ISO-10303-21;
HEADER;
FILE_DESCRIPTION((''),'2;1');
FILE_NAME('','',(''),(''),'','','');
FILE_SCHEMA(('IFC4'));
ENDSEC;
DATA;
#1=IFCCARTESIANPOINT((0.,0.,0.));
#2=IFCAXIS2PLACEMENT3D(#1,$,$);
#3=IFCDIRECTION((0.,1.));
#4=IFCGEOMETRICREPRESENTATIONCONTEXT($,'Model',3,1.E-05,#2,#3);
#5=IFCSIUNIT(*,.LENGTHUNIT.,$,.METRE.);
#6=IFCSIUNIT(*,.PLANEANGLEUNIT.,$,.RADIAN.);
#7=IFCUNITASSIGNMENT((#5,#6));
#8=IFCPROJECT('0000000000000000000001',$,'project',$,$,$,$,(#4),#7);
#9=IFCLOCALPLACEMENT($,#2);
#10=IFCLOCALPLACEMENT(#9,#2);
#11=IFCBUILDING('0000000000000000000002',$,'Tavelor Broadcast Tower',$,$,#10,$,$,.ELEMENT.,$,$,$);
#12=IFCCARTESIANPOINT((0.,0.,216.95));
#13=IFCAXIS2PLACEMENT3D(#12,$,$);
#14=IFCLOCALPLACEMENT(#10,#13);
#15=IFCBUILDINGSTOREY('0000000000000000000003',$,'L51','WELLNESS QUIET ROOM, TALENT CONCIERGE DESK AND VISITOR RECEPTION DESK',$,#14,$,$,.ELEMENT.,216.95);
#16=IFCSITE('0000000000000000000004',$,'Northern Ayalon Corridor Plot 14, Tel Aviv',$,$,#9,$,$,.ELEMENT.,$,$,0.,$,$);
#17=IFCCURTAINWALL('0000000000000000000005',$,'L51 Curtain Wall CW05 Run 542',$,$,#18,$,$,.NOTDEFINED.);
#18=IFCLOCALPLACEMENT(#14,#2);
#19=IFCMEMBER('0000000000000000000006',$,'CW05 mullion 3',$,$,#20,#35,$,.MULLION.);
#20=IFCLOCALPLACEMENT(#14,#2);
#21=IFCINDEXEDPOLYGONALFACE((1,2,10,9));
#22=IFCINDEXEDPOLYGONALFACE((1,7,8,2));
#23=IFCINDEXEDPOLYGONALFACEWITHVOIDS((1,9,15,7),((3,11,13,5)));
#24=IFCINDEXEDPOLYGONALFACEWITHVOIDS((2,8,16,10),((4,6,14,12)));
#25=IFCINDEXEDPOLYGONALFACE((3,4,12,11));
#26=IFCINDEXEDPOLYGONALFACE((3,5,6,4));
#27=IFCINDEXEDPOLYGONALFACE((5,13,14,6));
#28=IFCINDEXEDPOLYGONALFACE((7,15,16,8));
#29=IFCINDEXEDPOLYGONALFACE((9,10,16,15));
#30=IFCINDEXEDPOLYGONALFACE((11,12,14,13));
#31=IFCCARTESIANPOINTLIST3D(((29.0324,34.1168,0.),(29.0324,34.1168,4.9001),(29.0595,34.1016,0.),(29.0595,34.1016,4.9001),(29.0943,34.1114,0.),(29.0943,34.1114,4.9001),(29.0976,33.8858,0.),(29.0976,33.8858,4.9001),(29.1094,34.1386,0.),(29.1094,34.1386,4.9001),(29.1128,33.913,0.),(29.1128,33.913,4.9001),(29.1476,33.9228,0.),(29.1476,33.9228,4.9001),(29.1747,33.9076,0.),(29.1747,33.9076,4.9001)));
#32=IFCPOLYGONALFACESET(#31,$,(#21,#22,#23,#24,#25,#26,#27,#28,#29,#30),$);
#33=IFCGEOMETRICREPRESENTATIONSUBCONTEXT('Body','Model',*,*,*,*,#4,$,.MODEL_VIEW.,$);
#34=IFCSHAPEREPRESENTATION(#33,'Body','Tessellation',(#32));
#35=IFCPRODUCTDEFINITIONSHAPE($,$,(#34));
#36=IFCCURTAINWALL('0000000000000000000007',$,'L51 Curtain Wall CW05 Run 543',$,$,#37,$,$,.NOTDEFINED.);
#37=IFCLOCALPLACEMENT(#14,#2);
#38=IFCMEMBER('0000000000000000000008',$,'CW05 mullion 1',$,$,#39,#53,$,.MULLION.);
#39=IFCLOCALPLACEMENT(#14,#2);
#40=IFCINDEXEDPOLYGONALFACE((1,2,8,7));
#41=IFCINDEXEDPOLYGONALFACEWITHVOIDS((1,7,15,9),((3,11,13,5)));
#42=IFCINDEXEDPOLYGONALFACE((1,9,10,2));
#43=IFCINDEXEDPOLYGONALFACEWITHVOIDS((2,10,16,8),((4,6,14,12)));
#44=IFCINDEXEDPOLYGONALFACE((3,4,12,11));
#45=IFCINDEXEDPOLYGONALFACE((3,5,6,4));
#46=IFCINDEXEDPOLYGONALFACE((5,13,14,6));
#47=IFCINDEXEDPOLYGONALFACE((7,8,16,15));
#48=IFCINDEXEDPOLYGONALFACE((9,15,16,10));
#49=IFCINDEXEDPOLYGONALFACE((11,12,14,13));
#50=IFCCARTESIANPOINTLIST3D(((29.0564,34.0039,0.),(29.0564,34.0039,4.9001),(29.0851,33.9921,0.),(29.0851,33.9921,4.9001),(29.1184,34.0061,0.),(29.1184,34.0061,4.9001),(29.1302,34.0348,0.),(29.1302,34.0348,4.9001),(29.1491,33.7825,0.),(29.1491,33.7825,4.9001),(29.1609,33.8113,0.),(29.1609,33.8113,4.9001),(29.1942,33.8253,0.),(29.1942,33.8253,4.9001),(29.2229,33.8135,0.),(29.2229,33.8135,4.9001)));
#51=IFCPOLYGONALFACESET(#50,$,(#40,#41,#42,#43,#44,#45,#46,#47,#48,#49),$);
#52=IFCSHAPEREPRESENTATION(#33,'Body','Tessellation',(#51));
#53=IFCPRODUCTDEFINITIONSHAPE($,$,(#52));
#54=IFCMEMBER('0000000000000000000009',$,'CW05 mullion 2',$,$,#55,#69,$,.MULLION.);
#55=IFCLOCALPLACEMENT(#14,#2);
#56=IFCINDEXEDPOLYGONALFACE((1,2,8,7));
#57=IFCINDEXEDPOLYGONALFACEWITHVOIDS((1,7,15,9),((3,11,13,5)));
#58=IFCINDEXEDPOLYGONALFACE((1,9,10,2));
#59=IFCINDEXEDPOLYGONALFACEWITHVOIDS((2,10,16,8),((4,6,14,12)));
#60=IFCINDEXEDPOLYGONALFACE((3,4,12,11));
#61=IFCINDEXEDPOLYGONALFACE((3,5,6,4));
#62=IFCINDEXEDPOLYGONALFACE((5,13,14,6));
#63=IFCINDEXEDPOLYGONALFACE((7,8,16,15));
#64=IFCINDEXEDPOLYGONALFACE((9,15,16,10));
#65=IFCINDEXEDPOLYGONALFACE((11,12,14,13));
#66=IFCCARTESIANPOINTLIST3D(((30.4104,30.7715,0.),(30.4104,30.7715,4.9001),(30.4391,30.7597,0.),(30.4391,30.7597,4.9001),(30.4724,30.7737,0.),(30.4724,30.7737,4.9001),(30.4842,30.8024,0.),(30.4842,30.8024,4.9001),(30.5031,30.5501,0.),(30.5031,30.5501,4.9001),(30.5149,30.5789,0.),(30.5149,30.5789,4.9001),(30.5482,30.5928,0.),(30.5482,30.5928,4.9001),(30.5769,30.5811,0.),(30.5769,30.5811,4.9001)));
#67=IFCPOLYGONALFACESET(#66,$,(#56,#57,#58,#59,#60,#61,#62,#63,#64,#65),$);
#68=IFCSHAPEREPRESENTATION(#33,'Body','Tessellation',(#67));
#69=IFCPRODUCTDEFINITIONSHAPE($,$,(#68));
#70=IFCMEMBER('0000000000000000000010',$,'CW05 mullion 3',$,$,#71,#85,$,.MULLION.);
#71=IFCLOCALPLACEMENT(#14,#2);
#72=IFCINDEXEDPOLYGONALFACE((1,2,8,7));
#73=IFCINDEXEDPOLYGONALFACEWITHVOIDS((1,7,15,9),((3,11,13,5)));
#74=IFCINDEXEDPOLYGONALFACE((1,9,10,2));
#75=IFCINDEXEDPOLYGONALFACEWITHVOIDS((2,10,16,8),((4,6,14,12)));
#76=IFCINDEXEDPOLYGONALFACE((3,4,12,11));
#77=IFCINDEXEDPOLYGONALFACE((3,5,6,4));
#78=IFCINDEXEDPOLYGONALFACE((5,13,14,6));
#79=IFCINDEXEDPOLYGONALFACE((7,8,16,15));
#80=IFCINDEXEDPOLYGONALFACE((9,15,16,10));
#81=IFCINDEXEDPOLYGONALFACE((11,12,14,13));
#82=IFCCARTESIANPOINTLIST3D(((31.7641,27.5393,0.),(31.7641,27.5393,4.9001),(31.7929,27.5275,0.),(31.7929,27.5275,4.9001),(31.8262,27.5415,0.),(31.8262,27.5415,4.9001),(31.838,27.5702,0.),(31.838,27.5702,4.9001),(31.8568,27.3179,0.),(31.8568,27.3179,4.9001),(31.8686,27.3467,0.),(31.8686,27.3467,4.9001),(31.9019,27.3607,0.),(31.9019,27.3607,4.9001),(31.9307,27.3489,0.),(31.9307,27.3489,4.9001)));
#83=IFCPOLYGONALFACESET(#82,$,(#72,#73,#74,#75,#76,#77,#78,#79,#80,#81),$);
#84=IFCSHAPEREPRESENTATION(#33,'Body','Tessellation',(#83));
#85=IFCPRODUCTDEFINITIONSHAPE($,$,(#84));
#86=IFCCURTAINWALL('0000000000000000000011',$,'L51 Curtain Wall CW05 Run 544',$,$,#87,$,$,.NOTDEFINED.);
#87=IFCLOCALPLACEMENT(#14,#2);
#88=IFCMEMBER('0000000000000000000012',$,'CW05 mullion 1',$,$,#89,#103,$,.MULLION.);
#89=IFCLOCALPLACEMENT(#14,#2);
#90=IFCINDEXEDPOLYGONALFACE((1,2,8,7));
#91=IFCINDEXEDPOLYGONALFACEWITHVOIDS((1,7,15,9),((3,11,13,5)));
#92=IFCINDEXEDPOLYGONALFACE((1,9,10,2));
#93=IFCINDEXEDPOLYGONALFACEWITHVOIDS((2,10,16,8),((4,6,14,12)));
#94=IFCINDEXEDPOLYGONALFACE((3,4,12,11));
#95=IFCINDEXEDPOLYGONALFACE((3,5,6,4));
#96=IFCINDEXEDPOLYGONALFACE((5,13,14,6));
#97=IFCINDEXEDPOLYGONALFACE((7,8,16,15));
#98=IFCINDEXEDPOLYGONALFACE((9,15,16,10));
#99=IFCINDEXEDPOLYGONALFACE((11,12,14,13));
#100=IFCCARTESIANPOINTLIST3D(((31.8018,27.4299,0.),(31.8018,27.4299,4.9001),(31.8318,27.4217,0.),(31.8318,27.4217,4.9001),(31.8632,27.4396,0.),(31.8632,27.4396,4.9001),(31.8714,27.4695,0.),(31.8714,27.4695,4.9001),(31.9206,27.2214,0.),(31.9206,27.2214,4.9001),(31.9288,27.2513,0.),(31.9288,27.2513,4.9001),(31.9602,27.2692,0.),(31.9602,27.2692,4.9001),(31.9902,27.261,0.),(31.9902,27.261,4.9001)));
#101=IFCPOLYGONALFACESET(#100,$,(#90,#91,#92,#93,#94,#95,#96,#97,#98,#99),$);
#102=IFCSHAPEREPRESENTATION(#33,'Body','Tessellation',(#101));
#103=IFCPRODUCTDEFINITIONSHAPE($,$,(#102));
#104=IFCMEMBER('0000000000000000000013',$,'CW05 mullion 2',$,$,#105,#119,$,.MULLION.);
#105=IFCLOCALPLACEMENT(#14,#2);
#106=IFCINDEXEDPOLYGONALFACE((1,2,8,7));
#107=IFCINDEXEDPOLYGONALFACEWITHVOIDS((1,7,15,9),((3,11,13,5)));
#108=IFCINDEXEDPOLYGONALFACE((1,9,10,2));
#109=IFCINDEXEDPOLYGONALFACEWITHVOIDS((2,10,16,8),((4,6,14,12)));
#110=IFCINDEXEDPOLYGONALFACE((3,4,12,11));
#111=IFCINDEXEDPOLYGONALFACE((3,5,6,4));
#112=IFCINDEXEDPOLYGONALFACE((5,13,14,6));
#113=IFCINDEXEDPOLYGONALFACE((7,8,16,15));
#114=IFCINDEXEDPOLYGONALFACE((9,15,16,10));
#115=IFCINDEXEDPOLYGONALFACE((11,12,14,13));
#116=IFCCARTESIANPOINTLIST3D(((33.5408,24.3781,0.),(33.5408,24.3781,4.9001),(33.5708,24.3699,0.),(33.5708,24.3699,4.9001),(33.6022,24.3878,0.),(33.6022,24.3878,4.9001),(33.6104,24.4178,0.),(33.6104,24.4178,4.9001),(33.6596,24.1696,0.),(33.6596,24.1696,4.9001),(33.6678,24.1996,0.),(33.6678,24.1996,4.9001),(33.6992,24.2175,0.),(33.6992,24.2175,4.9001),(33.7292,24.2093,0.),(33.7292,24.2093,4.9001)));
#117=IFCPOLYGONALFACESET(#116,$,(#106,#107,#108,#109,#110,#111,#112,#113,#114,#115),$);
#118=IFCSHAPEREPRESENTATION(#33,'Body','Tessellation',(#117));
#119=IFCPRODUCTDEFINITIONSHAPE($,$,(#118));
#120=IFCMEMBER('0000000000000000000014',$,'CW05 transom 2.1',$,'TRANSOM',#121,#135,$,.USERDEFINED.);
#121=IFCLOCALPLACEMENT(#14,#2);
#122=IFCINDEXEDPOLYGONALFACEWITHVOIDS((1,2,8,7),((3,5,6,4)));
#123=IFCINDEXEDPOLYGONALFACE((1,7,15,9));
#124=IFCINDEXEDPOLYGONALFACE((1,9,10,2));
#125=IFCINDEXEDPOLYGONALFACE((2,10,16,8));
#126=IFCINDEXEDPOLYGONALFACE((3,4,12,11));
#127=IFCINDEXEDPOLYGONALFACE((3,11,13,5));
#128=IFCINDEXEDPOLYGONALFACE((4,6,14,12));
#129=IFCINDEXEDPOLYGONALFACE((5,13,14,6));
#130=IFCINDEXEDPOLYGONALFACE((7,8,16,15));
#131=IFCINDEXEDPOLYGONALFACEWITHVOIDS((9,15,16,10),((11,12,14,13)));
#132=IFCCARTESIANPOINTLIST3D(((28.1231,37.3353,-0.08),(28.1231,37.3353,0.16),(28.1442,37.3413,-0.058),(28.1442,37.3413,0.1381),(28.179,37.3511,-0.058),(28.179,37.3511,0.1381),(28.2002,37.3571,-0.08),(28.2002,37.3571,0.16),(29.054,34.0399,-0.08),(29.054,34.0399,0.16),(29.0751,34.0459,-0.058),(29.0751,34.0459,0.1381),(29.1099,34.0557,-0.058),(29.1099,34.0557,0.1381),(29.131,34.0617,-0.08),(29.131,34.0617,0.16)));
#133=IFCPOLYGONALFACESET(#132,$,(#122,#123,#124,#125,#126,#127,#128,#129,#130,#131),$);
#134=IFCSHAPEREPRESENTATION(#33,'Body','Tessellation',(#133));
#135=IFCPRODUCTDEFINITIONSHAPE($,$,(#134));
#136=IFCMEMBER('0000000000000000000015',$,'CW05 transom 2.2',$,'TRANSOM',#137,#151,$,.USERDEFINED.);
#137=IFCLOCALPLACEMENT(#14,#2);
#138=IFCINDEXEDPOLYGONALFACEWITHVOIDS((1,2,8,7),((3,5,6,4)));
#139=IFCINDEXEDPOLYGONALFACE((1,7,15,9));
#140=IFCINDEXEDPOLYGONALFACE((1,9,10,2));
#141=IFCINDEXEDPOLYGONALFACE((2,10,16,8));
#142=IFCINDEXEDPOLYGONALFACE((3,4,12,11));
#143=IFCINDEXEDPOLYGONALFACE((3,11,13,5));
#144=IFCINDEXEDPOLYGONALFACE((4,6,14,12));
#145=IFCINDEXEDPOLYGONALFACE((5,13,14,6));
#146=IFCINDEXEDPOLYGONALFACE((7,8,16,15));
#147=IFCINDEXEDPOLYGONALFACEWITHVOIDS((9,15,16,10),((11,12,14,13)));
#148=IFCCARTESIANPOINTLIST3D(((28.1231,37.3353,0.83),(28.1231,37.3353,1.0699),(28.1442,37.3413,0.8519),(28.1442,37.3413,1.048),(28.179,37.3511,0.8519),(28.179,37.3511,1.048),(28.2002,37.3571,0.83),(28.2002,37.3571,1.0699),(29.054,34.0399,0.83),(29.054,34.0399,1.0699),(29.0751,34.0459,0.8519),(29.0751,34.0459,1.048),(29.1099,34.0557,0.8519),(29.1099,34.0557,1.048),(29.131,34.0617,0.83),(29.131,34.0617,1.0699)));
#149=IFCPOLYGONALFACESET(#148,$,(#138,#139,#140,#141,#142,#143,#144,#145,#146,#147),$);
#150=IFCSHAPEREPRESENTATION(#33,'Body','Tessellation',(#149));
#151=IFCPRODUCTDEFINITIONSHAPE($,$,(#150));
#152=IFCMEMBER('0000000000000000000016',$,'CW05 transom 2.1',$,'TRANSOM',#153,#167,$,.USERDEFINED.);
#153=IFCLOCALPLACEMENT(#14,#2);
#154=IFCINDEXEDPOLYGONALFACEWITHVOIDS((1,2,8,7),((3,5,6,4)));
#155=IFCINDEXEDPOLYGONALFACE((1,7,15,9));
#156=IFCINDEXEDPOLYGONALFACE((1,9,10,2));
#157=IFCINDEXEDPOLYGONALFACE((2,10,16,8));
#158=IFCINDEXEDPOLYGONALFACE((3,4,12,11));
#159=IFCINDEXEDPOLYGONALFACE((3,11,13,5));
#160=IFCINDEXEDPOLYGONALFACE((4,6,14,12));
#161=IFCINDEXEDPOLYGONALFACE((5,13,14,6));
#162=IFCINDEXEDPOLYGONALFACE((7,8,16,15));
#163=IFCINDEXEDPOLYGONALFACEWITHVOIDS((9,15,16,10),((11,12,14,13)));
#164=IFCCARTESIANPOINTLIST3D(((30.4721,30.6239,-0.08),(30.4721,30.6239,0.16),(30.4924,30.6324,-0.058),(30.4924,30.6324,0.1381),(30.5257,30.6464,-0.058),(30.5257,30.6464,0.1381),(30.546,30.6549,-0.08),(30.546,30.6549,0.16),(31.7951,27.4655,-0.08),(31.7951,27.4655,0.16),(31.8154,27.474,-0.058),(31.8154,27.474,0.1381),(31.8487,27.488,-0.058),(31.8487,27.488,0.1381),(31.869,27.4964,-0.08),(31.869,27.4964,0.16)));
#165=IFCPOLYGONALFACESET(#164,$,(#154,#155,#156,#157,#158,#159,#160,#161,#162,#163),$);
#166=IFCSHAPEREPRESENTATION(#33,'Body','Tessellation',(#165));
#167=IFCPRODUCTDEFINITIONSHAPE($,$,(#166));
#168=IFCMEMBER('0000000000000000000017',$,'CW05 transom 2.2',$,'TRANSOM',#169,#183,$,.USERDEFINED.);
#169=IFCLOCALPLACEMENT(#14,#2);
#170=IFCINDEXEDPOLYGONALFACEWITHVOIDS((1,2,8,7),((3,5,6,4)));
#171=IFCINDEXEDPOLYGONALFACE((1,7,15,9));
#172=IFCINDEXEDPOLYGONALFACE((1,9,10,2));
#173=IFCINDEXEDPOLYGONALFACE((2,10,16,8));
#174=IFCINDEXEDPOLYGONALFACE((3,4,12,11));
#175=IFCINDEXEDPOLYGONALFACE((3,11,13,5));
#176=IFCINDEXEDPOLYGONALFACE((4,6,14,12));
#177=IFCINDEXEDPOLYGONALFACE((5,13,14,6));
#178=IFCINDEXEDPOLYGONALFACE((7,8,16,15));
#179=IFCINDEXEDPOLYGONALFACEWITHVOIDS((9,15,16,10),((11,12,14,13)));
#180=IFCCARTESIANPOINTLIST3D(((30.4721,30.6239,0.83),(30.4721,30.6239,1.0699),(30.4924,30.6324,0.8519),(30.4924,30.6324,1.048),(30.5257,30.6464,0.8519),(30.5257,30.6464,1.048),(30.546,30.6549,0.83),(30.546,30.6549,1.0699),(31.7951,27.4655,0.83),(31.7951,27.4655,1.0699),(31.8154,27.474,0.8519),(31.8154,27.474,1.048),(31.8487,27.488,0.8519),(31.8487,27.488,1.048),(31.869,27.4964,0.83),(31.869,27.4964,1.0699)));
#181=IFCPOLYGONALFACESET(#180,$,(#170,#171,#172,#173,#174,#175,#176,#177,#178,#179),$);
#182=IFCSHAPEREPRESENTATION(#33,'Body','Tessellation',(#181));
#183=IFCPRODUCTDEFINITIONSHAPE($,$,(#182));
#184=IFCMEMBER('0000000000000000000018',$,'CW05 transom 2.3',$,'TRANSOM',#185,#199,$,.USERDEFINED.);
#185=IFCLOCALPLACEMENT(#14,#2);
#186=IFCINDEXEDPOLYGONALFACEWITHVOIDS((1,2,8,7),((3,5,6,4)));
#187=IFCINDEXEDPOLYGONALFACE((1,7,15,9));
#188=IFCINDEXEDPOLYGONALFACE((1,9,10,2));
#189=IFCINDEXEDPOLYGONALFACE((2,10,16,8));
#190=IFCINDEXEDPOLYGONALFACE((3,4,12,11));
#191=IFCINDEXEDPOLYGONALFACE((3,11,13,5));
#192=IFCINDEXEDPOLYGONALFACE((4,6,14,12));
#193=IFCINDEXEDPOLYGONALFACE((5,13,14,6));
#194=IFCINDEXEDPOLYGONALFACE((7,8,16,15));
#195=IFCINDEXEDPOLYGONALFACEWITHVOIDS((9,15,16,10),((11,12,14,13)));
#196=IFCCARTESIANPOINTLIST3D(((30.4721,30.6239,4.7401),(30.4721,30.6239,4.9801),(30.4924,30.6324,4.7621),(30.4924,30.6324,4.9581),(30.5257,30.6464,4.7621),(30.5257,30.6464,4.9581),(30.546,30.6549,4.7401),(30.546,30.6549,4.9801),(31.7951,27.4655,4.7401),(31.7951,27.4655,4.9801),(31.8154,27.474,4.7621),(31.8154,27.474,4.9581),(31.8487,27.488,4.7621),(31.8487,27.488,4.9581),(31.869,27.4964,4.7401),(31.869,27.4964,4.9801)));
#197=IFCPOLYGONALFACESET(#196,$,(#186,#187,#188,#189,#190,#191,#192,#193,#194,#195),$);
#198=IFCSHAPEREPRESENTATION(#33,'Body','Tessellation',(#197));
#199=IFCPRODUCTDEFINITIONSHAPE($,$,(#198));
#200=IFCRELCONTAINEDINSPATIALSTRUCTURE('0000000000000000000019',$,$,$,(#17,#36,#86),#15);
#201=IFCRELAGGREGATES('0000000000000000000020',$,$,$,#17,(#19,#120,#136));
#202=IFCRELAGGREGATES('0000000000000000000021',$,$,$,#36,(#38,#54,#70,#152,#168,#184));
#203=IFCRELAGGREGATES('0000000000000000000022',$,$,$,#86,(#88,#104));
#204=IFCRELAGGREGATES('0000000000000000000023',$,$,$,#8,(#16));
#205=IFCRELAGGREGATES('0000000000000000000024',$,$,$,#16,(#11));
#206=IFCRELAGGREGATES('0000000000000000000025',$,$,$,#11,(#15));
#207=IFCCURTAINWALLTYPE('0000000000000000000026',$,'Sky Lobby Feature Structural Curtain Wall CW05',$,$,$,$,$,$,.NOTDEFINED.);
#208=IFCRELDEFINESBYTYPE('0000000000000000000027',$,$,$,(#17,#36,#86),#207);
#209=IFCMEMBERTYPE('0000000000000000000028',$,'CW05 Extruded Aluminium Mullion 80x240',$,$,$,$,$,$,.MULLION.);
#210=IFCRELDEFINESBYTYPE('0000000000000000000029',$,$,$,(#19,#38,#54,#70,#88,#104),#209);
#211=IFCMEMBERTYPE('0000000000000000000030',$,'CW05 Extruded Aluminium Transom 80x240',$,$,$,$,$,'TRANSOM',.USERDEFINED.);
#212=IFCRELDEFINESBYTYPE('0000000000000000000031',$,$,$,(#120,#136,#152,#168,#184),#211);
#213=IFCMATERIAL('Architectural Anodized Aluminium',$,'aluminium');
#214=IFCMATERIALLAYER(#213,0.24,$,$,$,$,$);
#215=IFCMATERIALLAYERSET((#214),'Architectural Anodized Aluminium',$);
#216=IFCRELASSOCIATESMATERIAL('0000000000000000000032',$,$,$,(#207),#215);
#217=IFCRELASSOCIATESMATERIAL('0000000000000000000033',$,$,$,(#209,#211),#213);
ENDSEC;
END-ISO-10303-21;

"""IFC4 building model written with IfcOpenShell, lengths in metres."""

from ifc_helpers import new_model, si_unit, direction, frame, origin, origin_2d, place, context, subcontext, project, spatial, hollow_rectangle, extrude, source, transform, mapped, material, layer, layer_set, material_profile, profile_set, type_object, type_shapes, element, aggregate, save


model = new_model("IFC4")

# Units and contexts
model_context = context("Model", 3, precision=1e-05, world=origin(), true_north=direction((0.0, 1.0)))
body_context = subcontext(model_context, "Body", "Model", "MODEL_VIEW")
ifc_project = project(units=[si_unit("LENGTHUNIT", "METRE"), si_unit("PLANEANGLEUNIT", "RADIAN")], contexts=[model_context])

# Site, building, storey
site_placement = place(None, origin())
site = spatial("IfcSite", under=ifc_project, at=site_placement, Name="Northern Ayalon Corridor Plot 14, Tel Aviv", CompositionType="ELEMENT", RefElevation=0.0)
building_placement = place(site_placement, origin())
building = spatial("IfcBuilding", under=site, at=building_placement, Name="Tavelor Broadcast Tower", CompositionType="ELEMENT")
storey_placement = place(building_placement, frame((0.0, 0.0, 216.95)))
storey = spatial("IfcBuildingStorey", under=building, at=storey_placement, Name="L51", Description="WELLNESS QUIET ROOM, TALENT CONCIERGE DESK AND VISITOR RECEPTION DESK", CompositionType="ELEMENT", Elevation=216.95)

# Curtain wall, member
ifc_material_1 = material(Name="Architectural Anodized Aluminium", Category="aluminium")
ifc_layer_1 = layer(ifc_material_1, 0.24)
ifc_layer_set_1 = layer_set([ifc_layer_1], Name="Architectural Anodized Aluminium")
curtain_wall_type = type_object("IfcCurtainWallType", Name="Sky Lobby Feature Structural Curtain Wall CW05", PredefinedType="NOTDEFINED", material=ifc_layer_set_1)
curtain_wall_1_placement = place(storey_placement, origin())
curtain_wall_1 = element("IfcCurtainWall", 1, at=curtain_wall_1_placement, inside=storey, type_object=curtain_wall_type, Name="L51 Curtain Wall CW05 Run 542", PredefinedType="NOTDEFINED")
ifc_material_profile_1 = material_profile(ifc_material_1, hollow_rectangle(XDim=0.0801, YDim=0.24, WallThickness=0.022, at=origin_2d()), Name="RHS 80x240x22")
ifc_profile_set_1 = profile_set([ifc_material_profile_1], Name="Architectural Anodized Aluminium")
member_type_1 = type_object("IfcMemberType", Name="CW05 Extruded Aluminium Mullion 80x240", PredefinedType="MULLION", material=ifc_profile_set_1)
shared_shape_1 = source(origin(), body_context, "Body", "SweptSolid", [
    extrude(hollow_rectangle(XDim=0.0801, YDim=0.24, WallThickness=0.022, at=origin_2d()), origin(), (0.0, 0.0, 1.0), 4.9001),
])
type_shapes(member_type_1, [shared_shape_1])
member_1_placement = place(storey_placement, frame((29.1035, 34.0122, 0.0), z_axis=(0.0, 0.0, 1.0), x_axis=(0.962335, 0.271866, 0.0)))
member_1 = element("IfcMember", 2, at=member_1_placement, type_object=member_type_1, Name="CW05 mullion 3", PredefinedType="MULLION", context=body_context, shape_type="MappedRepresentation", body=[
    mapped(shared_shape_1, transform((0.0, 0.0, 0.0), scale=1.0)),
])

# Curtain walls, members
curtain_wall_2_placement = place(storey_placement, origin())
curtain_wall_2 = element("IfcCurtainWall", 3, at=curtain_wall_2_placement, inside=storey, type_object=curtain_wall_type, Name="L51 Curtain Wall CW05 Run 543", PredefinedType="NOTDEFINED")
member_2_placement = place(storey_placement, frame((29.1396, 33.9087, 0.0), z_axis=(0.0, 0.0, 1.0), x_axis=(0.922361, 0.38633, 0.0)))
member_2 = element("IfcMember", 4, at=member_2_placement, type_object=member_type_1, Name="CW05 mullion 1", PredefinedType="MULLION", context=body_context, shape_type="MappedRepresentation", body=[
    mapped(shared_shape_1, transform((0.0, 0.0, 0.0), scale=1.0)),
])
member_3_placement = place(storey_placement, frame((30.4937, 30.6763, 0.0), z_axis=(0.0, 0.0, 1.0), x_axis=(0.922361, 0.38633, 0.0)))
member_3 = element("IfcMember", 5, at=member_3_placement, type_object=member_type_1, Name="CW05 mullion 2", PredefinedType="MULLION", context=body_context, shape_type="MappedRepresentation", body=[
    mapped(shared_shape_1, transform((0.0, 0.0, 0.0), scale=1.0)),
])
member_4_placement = place(storey_placement, frame((31.8474, 27.4441, 0.0), z_axis=(0.0, 0.0, 1.0), x_axis=(0.922361, 0.38633, 0.0)))
member_4 = element("IfcMember", 6, at=member_4_placement, type_object=member_type_1, Name="CW05 mullion 3", PredefinedType="MULLION", context=body_context, shape_type="MappedRepresentation", body=[
    mapped(shared_shape_1, transform((0.0, 0.0, 0.0), scale=1.0)),
])
curtain_wall_3_placement = place(storey_placement, origin())
curtain_wall_3 = element("IfcCurtainWall", 7, at=curtain_wall_3_placement, inside=storey, type_object=curtain_wall_type, Name="L51 Curtain Wall CW05 Run 544", PredefinedType="NOTDEFINED")
member_5_placement = place(storey_placement, frame((31.896, 27.3455, 0.0), z_axis=(0.0, 0.0, 1.0), x_axis=(0.868835, 0.495102, 0.0)))
member_5 = element("IfcMember", 8, at=member_5_placement, type_object=member_type_1, Name="CW05 mullion 1", PredefinedType="MULLION", context=body_context, shape_type="MappedRepresentation", body=[
    mapped(shared_shape_1, transform((0.0, 0.0, 0.0), scale=1.0)),
])
member_6_placement = place(storey_placement, frame((33.635, 24.2937, 0.0), z_axis=(0.0, 0.0, 1.0), x_axis=(0.868835, 0.495102, 0.0)))
member_6 = element("IfcMember", 9, at=member_6_placement, type_object=member_type_1, Name="CW05 mullion 2", PredefinedType="MULLION", context=body_context, shape_type="MappedRepresentation", body=[
    mapped(shared_shape_1, transform((0.0, 0.0, 0.0), scale=1.0)),
])

# Members
ifc_material_profile_2 = material_profile(ifc_material_1, hollow_rectangle(XDim=0.0801, YDim=0.24, WallThickness=0.022, at=origin_2d()), Name="RHS 80x240x22")
ifc_profile_set_2 = profile_set([ifc_material_profile_2], Name="Architectural Anodized Aluminium")
member_type_2 = type_object("IfcMemberType", Name="CW05 Extruded Aluminium Transom 80x240", ElementType="TRANSOM", PredefinedType="USERDEFINED", material=ifc_profile_set_2)
shared_shape_2 = source(origin(), body_context, "Body", "SweptSolid", [
    extrude(hollow_rectangle(XDim=0.0801, YDim=0.24, WallThickness=0.022, at=origin_2d()), origin(), (0.0, 0.0, 1.0), 3.4243),
])
member_7_placement = place(storey_placement, frame((28.1616, 37.3462, 0.04), z_axis=(0.271848, -0.96234, 0.0), x_axis=(0.96234, 0.271848, 0.0)))
member_7 = element("IfcMember", 10, at=member_7_placement, type_object=member_type_2, Name="CW05 transom 2.1", ObjectType="TRANSOM", PredefinedType="USERDEFINED", context=body_context, shape_type="MappedRepresentation", body=[
    mapped(shared_shape_2, transform((0.0, 0.0, 0.0), scale=1.0)),
])
member_8_placement = place(storey_placement, frame((28.1616, 37.3462, 0.95), z_axis=(0.271848, -0.96234, 0.0), x_axis=(0.96234, 0.271848, 0.0)))
member_8 = element("IfcMember", 11, at=member_8_placement, type_object=member_type_2, Name="CW05 transom 2.2", ObjectType="TRANSOM", PredefinedType="USERDEFINED", context=body_context, shape_type="MappedRepresentation", body=[
    mapped(shared_shape_2, transform((0.0, 0.0, 0.0), scale=1.0)),
])
member_9_placement = place(storey_placement, frame((30.509, 30.6394, 0.04), z_axis=(0.386351, -0.922352, 0.0), x_axis=(0.922352, 0.386351, 0.0)))
member_9 = element("IfcMember", 12, at=member_9_placement, type_object=member_type_2, Name="CW05 transom 2.1", ObjectType="TRANSOM", PredefinedType="USERDEFINED", context=body_context, shape_type="MappedRepresentation", body=[
    mapped(shared_shape_2, transform((0.0, 0.0, 0.0), scale=1.0)),
])
member_10_placement = place(storey_placement, frame((30.509, 30.6394, 0.95), z_axis=(0.386351, -0.922352, 0.0), x_axis=(0.922352, 0.386351, 0.0)))
member_10 = element("IfcMember", 13, at=member_10_placement, type_object=member_type_2, Name="CW05 transom 2.2", ObjectType="TRANSOM", PredefinedType="USERDEFINED", context=body_context, shape_type="MappedRepresentation", body=[
    mapped(shared_shape_2, transform((0.0, 0.0, 0.0), scale=1.0)),
])
member_11_placement = place(storey_placement, frame((30.509, 30.6394, 4.8601), z_axis=(0.386351, -0.922352, 0.0), x_axis=(0.922352, 0.386351, 0.0)))
member_11 = element("IfcMember", 14, at=member_11_placement, type_object=member_type_2, Name="CW05 transom 2.3", ObjectType="TRANSOM", PredefinedType="USERDEFINED", context=body_context, shape_type="MappedRepresentation", body=[
    mapped(shared_shape_2, transform((0.0, 0.0, 0.0), scale=1.0)),
])

aggregate(curtain_wall_1, [member_1, member_7, member_8])
aggregate(curtain_wall_2, [member_2, member_3, member_4, member_9, member_10, member_11])
aggregate(curtain_wall_3, [member_5, member_6])

save(model, "model.ifc")
